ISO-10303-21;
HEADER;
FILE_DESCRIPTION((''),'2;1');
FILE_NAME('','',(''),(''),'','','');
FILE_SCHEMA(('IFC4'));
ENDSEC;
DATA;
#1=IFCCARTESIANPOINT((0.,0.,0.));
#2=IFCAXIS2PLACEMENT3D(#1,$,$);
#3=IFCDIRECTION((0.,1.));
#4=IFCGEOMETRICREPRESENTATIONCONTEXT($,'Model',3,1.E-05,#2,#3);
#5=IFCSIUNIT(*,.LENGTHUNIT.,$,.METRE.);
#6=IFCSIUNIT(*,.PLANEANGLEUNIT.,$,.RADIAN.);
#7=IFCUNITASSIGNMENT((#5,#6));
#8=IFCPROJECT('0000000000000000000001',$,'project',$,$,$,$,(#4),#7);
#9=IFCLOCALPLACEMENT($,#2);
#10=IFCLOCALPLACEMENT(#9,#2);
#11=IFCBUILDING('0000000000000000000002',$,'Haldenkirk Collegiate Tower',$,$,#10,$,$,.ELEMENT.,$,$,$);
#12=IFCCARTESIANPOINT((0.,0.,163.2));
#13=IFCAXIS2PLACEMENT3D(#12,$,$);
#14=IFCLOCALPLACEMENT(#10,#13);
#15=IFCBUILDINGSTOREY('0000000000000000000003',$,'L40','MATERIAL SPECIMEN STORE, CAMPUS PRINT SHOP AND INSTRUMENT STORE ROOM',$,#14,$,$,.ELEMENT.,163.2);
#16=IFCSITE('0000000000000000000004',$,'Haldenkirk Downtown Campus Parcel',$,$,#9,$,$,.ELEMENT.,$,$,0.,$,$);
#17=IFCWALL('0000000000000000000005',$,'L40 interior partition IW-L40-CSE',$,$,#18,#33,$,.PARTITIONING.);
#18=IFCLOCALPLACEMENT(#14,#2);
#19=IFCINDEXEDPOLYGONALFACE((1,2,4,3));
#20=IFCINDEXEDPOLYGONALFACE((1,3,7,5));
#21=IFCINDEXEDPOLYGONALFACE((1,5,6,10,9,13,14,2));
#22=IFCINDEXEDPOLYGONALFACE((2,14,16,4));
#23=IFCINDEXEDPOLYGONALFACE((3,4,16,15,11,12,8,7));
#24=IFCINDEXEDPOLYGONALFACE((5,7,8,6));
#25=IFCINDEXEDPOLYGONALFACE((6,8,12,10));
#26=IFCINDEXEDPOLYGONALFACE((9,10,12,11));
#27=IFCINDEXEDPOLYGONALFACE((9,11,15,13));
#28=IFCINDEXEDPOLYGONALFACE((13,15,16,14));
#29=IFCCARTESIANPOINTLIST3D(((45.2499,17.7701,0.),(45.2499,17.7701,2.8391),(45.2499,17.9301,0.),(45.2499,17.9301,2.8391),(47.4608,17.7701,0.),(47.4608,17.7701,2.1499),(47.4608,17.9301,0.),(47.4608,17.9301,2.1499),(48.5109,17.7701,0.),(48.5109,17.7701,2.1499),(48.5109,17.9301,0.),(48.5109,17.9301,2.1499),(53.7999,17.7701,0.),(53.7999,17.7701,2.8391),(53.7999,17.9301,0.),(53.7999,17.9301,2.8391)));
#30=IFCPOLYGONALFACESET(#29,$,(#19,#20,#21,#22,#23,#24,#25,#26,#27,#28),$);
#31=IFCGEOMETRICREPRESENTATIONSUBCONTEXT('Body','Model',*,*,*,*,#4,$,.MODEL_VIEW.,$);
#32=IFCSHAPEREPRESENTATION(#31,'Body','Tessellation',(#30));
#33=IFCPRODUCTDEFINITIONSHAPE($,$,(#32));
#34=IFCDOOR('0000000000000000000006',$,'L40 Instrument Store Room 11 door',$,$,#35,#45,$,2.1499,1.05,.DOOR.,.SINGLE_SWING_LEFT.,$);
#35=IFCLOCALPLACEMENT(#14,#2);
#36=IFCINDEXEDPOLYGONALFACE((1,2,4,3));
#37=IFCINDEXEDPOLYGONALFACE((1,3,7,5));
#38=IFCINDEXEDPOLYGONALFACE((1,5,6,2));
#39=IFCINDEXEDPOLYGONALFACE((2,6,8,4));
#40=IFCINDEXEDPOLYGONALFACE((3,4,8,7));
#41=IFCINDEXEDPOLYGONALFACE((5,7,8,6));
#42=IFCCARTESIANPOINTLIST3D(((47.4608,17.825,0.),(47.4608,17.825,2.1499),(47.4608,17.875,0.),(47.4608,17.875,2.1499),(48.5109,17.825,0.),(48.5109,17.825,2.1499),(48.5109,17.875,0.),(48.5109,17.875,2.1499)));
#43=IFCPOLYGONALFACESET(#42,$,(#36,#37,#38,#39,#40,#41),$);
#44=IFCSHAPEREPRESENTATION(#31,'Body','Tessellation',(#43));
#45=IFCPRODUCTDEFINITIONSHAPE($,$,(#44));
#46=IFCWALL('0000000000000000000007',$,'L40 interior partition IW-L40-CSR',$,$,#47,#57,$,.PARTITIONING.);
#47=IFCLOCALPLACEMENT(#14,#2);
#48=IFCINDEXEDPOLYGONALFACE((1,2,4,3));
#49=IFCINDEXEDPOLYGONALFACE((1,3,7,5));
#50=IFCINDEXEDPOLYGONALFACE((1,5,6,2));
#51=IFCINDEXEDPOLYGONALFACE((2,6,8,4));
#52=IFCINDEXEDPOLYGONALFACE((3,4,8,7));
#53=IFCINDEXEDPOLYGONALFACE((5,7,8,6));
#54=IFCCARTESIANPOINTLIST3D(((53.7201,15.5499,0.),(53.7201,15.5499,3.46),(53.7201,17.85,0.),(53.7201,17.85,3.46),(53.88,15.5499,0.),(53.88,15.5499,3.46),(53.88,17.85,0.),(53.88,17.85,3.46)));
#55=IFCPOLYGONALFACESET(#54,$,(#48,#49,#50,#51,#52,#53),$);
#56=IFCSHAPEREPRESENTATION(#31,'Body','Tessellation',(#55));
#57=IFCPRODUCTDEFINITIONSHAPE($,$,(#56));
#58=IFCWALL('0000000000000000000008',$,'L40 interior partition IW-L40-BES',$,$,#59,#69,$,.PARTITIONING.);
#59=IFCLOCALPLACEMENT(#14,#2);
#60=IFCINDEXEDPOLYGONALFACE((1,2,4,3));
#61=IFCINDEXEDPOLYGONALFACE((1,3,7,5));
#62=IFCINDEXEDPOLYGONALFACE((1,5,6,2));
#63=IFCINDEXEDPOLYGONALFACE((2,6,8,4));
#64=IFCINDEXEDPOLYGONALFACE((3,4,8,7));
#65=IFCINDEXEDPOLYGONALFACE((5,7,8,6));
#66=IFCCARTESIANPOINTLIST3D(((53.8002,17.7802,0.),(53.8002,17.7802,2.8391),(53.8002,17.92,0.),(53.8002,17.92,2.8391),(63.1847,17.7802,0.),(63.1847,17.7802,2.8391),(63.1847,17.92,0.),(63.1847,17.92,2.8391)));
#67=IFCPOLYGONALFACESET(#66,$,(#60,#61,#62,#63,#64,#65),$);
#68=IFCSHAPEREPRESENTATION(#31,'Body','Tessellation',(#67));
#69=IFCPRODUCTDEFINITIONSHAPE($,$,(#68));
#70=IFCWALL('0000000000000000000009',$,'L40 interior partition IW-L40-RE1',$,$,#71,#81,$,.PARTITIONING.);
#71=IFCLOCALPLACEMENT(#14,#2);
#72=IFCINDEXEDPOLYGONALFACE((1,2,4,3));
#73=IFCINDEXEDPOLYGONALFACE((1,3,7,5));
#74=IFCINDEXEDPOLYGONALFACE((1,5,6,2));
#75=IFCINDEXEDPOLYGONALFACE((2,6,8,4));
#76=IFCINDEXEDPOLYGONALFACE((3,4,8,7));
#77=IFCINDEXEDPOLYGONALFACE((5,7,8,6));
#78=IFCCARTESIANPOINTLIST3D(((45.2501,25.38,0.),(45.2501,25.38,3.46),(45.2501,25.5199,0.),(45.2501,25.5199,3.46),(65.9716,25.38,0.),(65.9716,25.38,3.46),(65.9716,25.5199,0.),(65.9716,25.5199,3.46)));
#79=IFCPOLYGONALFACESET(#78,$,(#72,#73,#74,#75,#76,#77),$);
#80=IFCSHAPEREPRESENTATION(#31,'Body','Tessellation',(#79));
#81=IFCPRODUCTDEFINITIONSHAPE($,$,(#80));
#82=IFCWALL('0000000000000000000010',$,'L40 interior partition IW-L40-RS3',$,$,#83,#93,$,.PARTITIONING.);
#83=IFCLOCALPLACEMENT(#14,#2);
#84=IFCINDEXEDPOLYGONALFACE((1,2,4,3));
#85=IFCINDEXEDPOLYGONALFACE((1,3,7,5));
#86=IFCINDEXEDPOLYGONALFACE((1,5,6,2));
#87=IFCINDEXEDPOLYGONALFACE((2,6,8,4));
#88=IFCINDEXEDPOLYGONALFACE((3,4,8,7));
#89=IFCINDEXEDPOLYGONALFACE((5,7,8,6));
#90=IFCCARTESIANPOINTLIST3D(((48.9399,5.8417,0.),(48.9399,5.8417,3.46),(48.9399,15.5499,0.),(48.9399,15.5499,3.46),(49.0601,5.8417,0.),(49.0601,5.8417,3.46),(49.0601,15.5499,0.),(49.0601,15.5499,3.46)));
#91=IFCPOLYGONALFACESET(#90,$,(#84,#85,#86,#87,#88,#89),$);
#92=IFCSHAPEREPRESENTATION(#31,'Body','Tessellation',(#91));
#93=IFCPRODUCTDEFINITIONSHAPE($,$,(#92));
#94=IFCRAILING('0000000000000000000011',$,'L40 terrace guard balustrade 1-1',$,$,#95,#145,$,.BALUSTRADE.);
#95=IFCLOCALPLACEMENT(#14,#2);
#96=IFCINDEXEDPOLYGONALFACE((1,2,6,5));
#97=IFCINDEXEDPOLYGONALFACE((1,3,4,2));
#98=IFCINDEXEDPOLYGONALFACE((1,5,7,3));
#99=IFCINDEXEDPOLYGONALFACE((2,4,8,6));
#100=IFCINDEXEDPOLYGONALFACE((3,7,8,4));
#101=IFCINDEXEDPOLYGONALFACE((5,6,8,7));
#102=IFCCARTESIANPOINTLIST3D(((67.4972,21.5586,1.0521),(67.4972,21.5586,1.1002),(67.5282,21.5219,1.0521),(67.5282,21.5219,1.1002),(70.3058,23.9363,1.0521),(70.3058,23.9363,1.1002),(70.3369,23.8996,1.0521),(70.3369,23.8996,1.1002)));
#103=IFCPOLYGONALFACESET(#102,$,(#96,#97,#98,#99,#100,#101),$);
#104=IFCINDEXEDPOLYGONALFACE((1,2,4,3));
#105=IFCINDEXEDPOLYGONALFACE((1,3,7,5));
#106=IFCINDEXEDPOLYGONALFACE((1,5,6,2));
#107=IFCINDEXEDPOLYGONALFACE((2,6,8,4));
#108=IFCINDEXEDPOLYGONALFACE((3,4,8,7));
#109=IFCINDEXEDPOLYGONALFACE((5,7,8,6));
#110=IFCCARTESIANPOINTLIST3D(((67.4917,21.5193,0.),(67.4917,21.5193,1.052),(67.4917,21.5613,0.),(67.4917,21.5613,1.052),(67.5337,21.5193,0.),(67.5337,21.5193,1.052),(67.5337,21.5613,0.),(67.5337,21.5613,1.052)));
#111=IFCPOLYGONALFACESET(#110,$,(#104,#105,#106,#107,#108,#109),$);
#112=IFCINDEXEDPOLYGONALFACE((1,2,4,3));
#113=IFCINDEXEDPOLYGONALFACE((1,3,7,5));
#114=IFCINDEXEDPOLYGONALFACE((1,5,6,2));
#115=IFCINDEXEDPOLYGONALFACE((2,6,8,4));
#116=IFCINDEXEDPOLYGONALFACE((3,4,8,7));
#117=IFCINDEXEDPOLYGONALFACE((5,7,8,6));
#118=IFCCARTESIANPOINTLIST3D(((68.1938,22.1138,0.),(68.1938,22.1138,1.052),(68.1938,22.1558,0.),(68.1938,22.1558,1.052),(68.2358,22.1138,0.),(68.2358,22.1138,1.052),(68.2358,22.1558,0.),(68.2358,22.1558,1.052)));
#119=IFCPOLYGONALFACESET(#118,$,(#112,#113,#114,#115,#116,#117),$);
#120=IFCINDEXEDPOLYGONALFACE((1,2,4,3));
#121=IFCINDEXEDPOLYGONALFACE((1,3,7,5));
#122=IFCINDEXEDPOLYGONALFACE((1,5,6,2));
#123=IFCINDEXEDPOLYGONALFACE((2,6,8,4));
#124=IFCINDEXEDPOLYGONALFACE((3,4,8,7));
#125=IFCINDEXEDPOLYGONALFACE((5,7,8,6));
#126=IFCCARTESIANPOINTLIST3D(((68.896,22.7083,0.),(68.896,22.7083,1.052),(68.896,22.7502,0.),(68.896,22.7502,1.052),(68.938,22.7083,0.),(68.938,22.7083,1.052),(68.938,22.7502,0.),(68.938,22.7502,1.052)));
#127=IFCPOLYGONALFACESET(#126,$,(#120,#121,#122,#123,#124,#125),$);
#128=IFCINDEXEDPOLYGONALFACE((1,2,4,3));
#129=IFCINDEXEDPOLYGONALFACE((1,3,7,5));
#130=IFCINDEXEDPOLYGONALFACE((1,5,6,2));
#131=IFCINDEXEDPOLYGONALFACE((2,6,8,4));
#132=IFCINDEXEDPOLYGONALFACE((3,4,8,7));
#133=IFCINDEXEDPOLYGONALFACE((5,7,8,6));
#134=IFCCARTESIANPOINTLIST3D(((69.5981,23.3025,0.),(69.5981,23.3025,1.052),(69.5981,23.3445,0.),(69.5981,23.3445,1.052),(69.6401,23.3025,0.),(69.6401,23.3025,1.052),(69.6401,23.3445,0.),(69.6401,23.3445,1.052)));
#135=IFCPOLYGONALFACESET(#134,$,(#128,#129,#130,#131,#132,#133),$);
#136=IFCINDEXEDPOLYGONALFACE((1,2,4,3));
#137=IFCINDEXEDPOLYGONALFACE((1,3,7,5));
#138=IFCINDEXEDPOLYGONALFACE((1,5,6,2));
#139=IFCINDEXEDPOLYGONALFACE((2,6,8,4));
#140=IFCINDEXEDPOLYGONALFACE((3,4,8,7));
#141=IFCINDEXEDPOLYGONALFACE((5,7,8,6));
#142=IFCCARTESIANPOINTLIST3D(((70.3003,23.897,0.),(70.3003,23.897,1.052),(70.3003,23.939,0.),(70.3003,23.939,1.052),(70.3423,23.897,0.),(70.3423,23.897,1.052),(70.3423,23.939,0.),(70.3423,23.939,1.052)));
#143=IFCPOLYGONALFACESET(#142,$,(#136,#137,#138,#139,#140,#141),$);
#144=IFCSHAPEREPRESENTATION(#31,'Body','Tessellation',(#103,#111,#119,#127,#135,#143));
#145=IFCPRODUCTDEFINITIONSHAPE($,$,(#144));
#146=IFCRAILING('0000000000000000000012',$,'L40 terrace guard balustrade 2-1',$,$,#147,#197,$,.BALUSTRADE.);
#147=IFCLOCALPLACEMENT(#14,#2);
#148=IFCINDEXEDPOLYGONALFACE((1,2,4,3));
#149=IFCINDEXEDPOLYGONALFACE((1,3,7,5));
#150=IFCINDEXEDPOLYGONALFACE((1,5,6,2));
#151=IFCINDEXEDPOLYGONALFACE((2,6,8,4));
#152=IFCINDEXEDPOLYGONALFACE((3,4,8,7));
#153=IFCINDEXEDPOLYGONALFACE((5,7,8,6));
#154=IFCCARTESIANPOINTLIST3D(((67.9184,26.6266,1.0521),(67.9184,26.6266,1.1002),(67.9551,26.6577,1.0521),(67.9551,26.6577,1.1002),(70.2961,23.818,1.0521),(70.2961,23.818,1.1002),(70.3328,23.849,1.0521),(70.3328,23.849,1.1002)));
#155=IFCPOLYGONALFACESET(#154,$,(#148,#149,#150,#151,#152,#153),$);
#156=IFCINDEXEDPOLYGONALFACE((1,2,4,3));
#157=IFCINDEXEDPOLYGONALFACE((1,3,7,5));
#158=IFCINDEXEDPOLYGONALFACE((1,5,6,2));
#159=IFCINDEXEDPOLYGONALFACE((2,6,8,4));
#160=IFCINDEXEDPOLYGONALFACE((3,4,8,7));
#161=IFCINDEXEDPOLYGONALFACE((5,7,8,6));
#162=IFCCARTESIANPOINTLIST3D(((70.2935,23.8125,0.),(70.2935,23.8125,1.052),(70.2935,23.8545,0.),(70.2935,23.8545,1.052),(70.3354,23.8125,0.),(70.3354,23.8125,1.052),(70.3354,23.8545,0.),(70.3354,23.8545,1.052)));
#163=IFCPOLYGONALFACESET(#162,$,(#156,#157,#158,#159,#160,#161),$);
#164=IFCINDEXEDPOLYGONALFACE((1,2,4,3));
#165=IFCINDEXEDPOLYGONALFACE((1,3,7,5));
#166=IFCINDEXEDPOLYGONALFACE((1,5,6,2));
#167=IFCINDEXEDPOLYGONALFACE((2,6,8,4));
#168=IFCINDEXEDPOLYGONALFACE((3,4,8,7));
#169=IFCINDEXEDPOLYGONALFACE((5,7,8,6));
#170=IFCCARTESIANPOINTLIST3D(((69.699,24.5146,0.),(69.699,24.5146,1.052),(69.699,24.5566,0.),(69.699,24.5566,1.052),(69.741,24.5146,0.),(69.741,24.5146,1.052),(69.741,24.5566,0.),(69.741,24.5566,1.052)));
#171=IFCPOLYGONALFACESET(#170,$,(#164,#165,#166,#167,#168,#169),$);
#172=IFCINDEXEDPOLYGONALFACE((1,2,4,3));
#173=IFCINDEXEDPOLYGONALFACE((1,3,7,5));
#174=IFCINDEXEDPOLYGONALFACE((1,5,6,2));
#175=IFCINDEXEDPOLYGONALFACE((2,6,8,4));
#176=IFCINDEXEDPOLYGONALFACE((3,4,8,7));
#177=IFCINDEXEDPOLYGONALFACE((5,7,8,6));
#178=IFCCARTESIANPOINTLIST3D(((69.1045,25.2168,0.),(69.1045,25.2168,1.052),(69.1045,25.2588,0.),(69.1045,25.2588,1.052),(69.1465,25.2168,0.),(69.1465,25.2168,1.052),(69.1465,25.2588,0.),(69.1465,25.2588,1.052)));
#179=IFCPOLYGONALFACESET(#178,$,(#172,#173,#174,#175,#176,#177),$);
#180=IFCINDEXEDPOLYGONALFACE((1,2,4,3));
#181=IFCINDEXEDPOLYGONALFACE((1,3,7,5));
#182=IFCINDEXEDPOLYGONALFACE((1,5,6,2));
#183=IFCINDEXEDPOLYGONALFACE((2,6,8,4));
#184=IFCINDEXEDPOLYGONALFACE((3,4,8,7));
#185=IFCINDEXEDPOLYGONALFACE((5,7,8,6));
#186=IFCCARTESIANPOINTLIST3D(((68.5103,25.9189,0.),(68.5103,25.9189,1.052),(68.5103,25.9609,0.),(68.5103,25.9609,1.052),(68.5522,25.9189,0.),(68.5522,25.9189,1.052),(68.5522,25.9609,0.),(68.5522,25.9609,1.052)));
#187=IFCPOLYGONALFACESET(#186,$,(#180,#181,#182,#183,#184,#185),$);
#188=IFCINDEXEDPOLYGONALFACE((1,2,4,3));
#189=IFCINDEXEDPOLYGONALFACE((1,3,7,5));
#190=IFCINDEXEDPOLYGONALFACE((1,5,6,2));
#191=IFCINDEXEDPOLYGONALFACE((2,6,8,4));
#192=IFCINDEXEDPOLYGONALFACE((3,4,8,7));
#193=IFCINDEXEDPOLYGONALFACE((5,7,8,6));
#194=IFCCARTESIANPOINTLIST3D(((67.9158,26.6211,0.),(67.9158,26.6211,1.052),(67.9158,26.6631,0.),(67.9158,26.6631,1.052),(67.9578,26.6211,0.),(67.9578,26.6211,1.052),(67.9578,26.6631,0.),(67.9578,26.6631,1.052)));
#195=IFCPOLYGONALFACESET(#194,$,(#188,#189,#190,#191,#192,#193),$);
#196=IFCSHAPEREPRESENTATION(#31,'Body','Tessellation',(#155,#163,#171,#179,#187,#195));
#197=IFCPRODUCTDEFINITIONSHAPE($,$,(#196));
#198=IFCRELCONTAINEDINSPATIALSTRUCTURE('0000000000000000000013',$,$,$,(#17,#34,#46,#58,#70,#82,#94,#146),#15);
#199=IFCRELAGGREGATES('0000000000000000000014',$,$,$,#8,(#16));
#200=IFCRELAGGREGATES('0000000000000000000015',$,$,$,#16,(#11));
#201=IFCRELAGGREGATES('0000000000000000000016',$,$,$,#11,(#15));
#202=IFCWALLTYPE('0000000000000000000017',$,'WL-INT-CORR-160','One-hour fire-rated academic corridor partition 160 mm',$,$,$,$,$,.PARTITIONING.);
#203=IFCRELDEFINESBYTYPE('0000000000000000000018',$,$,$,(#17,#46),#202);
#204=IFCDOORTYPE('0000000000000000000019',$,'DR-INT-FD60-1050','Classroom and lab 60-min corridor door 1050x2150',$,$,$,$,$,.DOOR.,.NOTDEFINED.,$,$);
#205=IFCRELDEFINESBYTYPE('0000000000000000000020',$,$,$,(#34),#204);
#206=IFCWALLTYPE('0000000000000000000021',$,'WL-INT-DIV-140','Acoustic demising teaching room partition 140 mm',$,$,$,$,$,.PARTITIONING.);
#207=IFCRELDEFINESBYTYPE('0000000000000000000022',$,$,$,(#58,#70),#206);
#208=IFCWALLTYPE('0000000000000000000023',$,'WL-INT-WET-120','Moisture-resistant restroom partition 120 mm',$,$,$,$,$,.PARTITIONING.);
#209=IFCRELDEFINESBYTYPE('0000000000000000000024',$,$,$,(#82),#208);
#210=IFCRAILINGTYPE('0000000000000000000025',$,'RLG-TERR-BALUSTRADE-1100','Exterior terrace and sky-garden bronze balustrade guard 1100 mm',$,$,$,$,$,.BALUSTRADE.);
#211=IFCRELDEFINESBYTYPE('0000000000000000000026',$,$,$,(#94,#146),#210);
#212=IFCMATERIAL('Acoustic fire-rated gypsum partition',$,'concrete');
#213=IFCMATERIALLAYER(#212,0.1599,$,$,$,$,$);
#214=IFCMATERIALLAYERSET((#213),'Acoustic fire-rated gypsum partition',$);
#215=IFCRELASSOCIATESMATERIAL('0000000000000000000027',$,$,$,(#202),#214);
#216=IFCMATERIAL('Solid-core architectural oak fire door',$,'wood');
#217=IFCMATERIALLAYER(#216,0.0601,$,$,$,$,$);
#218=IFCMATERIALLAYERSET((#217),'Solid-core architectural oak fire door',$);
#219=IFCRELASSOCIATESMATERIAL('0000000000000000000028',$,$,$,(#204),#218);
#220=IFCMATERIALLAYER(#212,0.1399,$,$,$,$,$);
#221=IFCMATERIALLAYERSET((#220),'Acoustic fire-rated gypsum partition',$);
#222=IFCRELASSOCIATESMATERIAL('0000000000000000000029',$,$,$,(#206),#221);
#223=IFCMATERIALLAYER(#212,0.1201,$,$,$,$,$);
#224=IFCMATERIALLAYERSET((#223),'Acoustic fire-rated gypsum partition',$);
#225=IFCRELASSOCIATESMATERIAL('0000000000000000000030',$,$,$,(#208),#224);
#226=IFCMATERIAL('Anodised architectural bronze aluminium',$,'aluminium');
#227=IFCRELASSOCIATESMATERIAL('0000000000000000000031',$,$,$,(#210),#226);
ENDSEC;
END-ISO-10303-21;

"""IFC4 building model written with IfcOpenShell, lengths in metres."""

from ifc_helpers import new_model, si_unit, direction, frame, frame_2d, origin, origin_2d, place, context, subcontext, project, spatial, rectangle, extrude, material, layer, layer_set, type_object, element, fill, save


model = new_model("IFC4")

# Units and contexts
model_context = context("Model", 3, precision=1e-05, world=origin(), true_north=direction((0.0, 1.0)))
body_context = subcontext(model_context, "Body", "Model", "MODEL_VIEW")
ifc_project = project(units=[si_unit("LENGTHUNIT", "METRE"), si_unit("PLANEANGLEUNIT", "RADIAN")], contexts=[model_context])

# Site, building, storey
site_placement = place(None, origin())
site = spatial("IfcSite", under=ifc_project, at=site_placement, Name="Haldenkirk Downtown Campus Parcel", CompositionType="ELEMENT", RefElevation=0.0)
building_placement = place(site_placement, origin())
building = spatial("IfcBuilding", under=site, at=building_placement, Name="Haldenkirk Collegiate Tower", CompositionType="ELEMENT")
storey_placement = place(building_placement, frame((0.0, 0.0, 163.2)))
storey = spatial("IfcBuildingStorey", under=building, at=storey_placement, Name="L40", Description="MATERIAL SPECIMEN STORE, CAMPUS PRINT SHOP AND INSTRUMENT STORE ROOM", CompositionType="ELEMENT", Elevation=163.2)

# Shared definitions
ifc_material_1 = material(Name="Anodised architectural bronze aluminium", Category="aluminium")

# Wall, opening, door
ifc_material_2 = material(Name="Acoustic fire-rated gypsum partition", Category="concrete")
ifc_layer_1 = layer(ifc_material_2, 0.1599)
ifc_layer_set_1 = layer_set([ifc_layer_1], Name="Acoustic fire-rated gypsum partition")
wall_type_1 = type_object("IfcWallType", Name="WL-INT-CORR-160", Description="One-hour fire-rated academic corridor partition 160 mm", PredefinedType="PARTITIONING", material=ifc_layer_set_1)
wall_1_placement = place(storey_placement, frame((45.25, 17.8501, 0.0), z_axis=(0.0, 0.0, 1.0), x_axis=(1.0, 0.0, 0.0)))
wall_1 = element("IfcWall", 1, at=wall_1_placement, inside=storey, type_object=wall_type_1, Name="L40 interior partition IW-L40-CSE", PredefinedType="PARTITIONING", context=body_context, shape_type="SweptSolid", body=[
    extrude(rectangle(XDim=8.55, YDim=0.1599, at=frame_2d((4.2749, 0.0))), origin(), (0.0, 0.0, 1.0), 2.8391),
])
opening_1_placement = place(wall_1_placement, frame((2.2109, 0.0, 0.0)))
opening_1 = element("IfcOpeningElement", 2, at=opening_1_placement, cuts=wall_1, PredefinedType="OPENING", context=body_context, shape_type="SweptSolid", body=[
    extrude(rectangle(XDim=1.05, YDim=2.1499, at=frame_2d((0.5249, 1.075))), frame((0.0, 0.0898, 0.0), z_axis=(0.0, -1.0, 0.0), x_axis=(1.0, 0.0, 0.0)), (0.0, 0.0, 1.0), 0.1799),
])
ifc_material_3 = material(Name="Solid-core architectural oak fire door", Category="wood")
ifc_layer_2 = layer(ifc_material_3, 0.0601)
ifc_layer_set_2 = layer_set([ifc_layer_2], Name="Solid-core architectural oak fire door")
door_type_1 = type_object("IfcDoorType", Name="DR-INT-FD60-1050", Description="Classroom and lab 60-min corridor door 1050x2150", OperationType="NOTDEFINED", PredefinedType="DOOR", material=ifc_layer_set_2)
door_1_placement = place(opening_1_placement, origin())
door_1 = element("IfcDoor", 3, at=door_1_placement, inside=storey, type_object=door_type_1, Name="L40 Instrument Store Room 11 door", OperationType="SINGLE_SWING_LEFT", OverallHeight=2.1499, OverallWidth=1.05, PredefinedType="DOOR", context=body_context, shape_type="SweptSolid", body=[
    extrude(rectangle(XDim=1.05, YDim=2.1499, at=frame_2d((0.5249, 1.075))), frame((0.0, 0.0249, 0.0), z_axis=(0.0, -1.0, 0.0), x_axis=(1.0, 0.0, 0.0)), (0.0, 0.0, 1.0), 0.05),
])
fill(opening_1, door_1)

# Walls
wall_2_placement = place(storey_placement, frame((53.8, 15.55, 0.0), z_axis=(0.0, 0.0, 1.0), x_axis=(0.0, 1.0, 0.0)))
element("IfcWall", 4, at=wall_2_placement, inside=storey, type_object=wall_type_1, Name="L40 interior partition IW-L40-CSR", PredefinedType="PARTITIONING", context=body_context, shape_type="SweptSolid", body=[
    extrude(rectangle(XDim=2.3, YDim=0.1599, at=frame_2d((1.1499, 0.0))), origin(), (0.0, 0.0, 1.0), 3.46),
])
ifc_layer_3 = layer(ifc_material_2, 0.1399)
ifc_layer_set_3 = layer_set([ifc_layer_3], Name="Acoustic fire-rated gypsum partition")
wall_type_2 = type_object("IfcWallType", Name="WL-INT-DIV-140", Description="Acoustic demising teaching room partition 140 mm", PredefinedType="PARTITIONING", material=ifc_layer_set_3)
wall_3_placement = place(storey_placement, frame((53.8, 17.8501, 0.0), z_axis=(0.0, 0.0, 1.0), x_axis=(1.0, 0.0, 0.0)))
element("IfcWall", 5, at=wall_3_placement, inside=storey, type_object=wall_type_2, Name="L40 interior partition IW-L40-BES", PredefinedType="PARTITIONING", context=body_context, shape_type="SweptSolid", body=[
    extrude(rectangle(XDim=9.3845, YDim=0.1399, at=frame_2d((4.6924, 0.0))), origin(), (0.0, 0.0, 1.0), 2.8391),
])
wall_4_placement = place(storey_placement, frame((45.25, 25.45, 0.0), z_axis=(0.0, 0.0, 1.0), x_axis=(1.0, 0.0, 0.0)))
element("IfcWall", 6, at=wall_4_placement, inside=storey, type_object=wall_type_2, Name="L40 interior partition IW-L40-RE1", PredefinedType="PARTITIONING", context=body_context, shape_type="SweptSolid", body=[
    extrude(rectangle(XDim=20.7214, YDim=0.1399, at=frame_2d((10.3608, 0.0))), origin(), (0.0, 0.0, 1.0), 3.46),
])
ifc_layer_4 = layer(ifc_material_2, 0.1201)
ifc_layer_set_4 = layer_set([ifc_layer_4], Name="Acoustic fire-rated gypsum partition")
wall_type_3 = type_object("IfcWallType", Name="WL-INT-WET-120", Description="Moisture-resistant restroom partition 120 mm", PredefinedType="PARTITIONING", material=ifc_layer_set_4)
wall_5_placement = place(storey_placement, frame((49.0, 5.8418, 0.0), z_axis=(0.0, 0.0, 1.0), x_axis=(0.0, 1.0, 0.0)))
element("IfcWall", 7, at=wall_5_placement, inside=storey, type_object=wall_type_3, Name="L40 interior partition IW-L40-RS3", PredefinedType="PARTITIONING", context=body_context, shape_type="SweptSolid", body=[
    extrude(rectangle(XDim=9.7083, YDim=0.1201, at=frame_2d((4.854, 0.0))), origin(), (0.0, 0.0, 1.0), 3.46),
])

# Railings
railing_type = type_object("IfcRailingType", Name="RLG-TERR-BALUSTRADE-1100", Description="Exterior terrace and sky-garden bronze balustrade guard 1100 mm", PredefinedType="BALUSTRADE", material=ifc_material_1)
railing_1_placement = place(storey_placement, frame((67.5127, 21.5403, 0.0)))
element("IfcRailing", 8, at=railing_1_placement, inside=storey, type_object=railing_type, Name="L40 terrace guard balustrade 1-1", PredefinedType="BALUSTRADE", context=body_context, shape_type="SweptSolid", body=[
    extrude(rectangle(XDim=0.0481, YDim=0.0481, at=origin_2d()), frame((0.0, 0.0, 1.0762), z_axis=(0.763228, 0.64613, 0.0), x_axis=(-0.64613, 0.763228, 0.0)), (0.0, 0.0, 1.0), 3.6799),
    extrude(rectangle(XDim=0.042, YDim=0.042, at=origin_2d()), origin(), (0.0, 0.0, 1.0), 1.052),
    extrude(rectangle(XDim=0.042, YDim=0.042, at=origin_2d()), frame((0.7021, 0.5945, 0.0)), (0.0, 0.0, 1.0), 1.052),
    extrude(rectangle(XDim=0.042, YDim=0.042, at=origin_2d()), frame((1.4043, 1.189, 0.0)), (0.0, 0.0, 1.0), 1.052),
    extrude(rectangle(XDim=0.042, YDim=0.042, at=origin_2d()), frame((2.1064, 1.7832, 0.0)), (0.0, 0.0, 1.0), 1.052),
    extrude(rectangle(XDim=0.042, YDim=0.042, at=origin_2d()), frame((2.8086, 2.3777, 0.0)), (0.0, 0.0, 1.0), 1.052),
])
railing_2_placement = place(storey_placement, frame((70.3145, 23.8335, 0.0)))
element("IfcRailing", 9, at=railing_2_placement, inside=storey, type_object=railing_type, Name="L40 terrace guard balustrade 2-1", PredefinedType="BALUSTRADE", context=body_context, shape_type="SweptSolid", body=[
    extrude(rectangle(XDim=0.0481, YDim=0.0481, at=origin_2d()), frame((0.0, 0.0, 1.0762), z_axis=(-0.64613, 0.763228, 0.0), x_axis=(-0.763228, -0.64613, 0.0)), (0.0, 0.0, 1.0), 3.6799),
    extrude(rectangle(XDim=0.042, YDim=0.042, at=origin_2d()), origin(), (0.0, 0.0, 1.0), 1.052),
    extrude(rectangle(XDim=0.042, YDim=0.042, at=origin_2d()), frame((-0.5945, 0.7021, 0.0)), (0.0, 0.0, 1.0), 1.052),
    extrude(rectangle(XDim=0.042, YDim=0.042, at=origin_2d()), frame((-1.189, 1.4043, 0.0)), (0.0, 0.0, 1.0), 1.052),
    extrude(rectangle(XDim=0.042, YDim=0.042, at=origin_2d()), frame((-1.7832, 2.1064, 0.0)), (0.0, 0.0, 1.0), 1.052),
    extrude(rectangle(XDim=0.042, YDim=0.042, at=origin_2d()), frame((-2.3777, 2.8086, 0.0)), (0.0, 0.0, 1.0), 1.052),
])

save(model, "model.ifc")
